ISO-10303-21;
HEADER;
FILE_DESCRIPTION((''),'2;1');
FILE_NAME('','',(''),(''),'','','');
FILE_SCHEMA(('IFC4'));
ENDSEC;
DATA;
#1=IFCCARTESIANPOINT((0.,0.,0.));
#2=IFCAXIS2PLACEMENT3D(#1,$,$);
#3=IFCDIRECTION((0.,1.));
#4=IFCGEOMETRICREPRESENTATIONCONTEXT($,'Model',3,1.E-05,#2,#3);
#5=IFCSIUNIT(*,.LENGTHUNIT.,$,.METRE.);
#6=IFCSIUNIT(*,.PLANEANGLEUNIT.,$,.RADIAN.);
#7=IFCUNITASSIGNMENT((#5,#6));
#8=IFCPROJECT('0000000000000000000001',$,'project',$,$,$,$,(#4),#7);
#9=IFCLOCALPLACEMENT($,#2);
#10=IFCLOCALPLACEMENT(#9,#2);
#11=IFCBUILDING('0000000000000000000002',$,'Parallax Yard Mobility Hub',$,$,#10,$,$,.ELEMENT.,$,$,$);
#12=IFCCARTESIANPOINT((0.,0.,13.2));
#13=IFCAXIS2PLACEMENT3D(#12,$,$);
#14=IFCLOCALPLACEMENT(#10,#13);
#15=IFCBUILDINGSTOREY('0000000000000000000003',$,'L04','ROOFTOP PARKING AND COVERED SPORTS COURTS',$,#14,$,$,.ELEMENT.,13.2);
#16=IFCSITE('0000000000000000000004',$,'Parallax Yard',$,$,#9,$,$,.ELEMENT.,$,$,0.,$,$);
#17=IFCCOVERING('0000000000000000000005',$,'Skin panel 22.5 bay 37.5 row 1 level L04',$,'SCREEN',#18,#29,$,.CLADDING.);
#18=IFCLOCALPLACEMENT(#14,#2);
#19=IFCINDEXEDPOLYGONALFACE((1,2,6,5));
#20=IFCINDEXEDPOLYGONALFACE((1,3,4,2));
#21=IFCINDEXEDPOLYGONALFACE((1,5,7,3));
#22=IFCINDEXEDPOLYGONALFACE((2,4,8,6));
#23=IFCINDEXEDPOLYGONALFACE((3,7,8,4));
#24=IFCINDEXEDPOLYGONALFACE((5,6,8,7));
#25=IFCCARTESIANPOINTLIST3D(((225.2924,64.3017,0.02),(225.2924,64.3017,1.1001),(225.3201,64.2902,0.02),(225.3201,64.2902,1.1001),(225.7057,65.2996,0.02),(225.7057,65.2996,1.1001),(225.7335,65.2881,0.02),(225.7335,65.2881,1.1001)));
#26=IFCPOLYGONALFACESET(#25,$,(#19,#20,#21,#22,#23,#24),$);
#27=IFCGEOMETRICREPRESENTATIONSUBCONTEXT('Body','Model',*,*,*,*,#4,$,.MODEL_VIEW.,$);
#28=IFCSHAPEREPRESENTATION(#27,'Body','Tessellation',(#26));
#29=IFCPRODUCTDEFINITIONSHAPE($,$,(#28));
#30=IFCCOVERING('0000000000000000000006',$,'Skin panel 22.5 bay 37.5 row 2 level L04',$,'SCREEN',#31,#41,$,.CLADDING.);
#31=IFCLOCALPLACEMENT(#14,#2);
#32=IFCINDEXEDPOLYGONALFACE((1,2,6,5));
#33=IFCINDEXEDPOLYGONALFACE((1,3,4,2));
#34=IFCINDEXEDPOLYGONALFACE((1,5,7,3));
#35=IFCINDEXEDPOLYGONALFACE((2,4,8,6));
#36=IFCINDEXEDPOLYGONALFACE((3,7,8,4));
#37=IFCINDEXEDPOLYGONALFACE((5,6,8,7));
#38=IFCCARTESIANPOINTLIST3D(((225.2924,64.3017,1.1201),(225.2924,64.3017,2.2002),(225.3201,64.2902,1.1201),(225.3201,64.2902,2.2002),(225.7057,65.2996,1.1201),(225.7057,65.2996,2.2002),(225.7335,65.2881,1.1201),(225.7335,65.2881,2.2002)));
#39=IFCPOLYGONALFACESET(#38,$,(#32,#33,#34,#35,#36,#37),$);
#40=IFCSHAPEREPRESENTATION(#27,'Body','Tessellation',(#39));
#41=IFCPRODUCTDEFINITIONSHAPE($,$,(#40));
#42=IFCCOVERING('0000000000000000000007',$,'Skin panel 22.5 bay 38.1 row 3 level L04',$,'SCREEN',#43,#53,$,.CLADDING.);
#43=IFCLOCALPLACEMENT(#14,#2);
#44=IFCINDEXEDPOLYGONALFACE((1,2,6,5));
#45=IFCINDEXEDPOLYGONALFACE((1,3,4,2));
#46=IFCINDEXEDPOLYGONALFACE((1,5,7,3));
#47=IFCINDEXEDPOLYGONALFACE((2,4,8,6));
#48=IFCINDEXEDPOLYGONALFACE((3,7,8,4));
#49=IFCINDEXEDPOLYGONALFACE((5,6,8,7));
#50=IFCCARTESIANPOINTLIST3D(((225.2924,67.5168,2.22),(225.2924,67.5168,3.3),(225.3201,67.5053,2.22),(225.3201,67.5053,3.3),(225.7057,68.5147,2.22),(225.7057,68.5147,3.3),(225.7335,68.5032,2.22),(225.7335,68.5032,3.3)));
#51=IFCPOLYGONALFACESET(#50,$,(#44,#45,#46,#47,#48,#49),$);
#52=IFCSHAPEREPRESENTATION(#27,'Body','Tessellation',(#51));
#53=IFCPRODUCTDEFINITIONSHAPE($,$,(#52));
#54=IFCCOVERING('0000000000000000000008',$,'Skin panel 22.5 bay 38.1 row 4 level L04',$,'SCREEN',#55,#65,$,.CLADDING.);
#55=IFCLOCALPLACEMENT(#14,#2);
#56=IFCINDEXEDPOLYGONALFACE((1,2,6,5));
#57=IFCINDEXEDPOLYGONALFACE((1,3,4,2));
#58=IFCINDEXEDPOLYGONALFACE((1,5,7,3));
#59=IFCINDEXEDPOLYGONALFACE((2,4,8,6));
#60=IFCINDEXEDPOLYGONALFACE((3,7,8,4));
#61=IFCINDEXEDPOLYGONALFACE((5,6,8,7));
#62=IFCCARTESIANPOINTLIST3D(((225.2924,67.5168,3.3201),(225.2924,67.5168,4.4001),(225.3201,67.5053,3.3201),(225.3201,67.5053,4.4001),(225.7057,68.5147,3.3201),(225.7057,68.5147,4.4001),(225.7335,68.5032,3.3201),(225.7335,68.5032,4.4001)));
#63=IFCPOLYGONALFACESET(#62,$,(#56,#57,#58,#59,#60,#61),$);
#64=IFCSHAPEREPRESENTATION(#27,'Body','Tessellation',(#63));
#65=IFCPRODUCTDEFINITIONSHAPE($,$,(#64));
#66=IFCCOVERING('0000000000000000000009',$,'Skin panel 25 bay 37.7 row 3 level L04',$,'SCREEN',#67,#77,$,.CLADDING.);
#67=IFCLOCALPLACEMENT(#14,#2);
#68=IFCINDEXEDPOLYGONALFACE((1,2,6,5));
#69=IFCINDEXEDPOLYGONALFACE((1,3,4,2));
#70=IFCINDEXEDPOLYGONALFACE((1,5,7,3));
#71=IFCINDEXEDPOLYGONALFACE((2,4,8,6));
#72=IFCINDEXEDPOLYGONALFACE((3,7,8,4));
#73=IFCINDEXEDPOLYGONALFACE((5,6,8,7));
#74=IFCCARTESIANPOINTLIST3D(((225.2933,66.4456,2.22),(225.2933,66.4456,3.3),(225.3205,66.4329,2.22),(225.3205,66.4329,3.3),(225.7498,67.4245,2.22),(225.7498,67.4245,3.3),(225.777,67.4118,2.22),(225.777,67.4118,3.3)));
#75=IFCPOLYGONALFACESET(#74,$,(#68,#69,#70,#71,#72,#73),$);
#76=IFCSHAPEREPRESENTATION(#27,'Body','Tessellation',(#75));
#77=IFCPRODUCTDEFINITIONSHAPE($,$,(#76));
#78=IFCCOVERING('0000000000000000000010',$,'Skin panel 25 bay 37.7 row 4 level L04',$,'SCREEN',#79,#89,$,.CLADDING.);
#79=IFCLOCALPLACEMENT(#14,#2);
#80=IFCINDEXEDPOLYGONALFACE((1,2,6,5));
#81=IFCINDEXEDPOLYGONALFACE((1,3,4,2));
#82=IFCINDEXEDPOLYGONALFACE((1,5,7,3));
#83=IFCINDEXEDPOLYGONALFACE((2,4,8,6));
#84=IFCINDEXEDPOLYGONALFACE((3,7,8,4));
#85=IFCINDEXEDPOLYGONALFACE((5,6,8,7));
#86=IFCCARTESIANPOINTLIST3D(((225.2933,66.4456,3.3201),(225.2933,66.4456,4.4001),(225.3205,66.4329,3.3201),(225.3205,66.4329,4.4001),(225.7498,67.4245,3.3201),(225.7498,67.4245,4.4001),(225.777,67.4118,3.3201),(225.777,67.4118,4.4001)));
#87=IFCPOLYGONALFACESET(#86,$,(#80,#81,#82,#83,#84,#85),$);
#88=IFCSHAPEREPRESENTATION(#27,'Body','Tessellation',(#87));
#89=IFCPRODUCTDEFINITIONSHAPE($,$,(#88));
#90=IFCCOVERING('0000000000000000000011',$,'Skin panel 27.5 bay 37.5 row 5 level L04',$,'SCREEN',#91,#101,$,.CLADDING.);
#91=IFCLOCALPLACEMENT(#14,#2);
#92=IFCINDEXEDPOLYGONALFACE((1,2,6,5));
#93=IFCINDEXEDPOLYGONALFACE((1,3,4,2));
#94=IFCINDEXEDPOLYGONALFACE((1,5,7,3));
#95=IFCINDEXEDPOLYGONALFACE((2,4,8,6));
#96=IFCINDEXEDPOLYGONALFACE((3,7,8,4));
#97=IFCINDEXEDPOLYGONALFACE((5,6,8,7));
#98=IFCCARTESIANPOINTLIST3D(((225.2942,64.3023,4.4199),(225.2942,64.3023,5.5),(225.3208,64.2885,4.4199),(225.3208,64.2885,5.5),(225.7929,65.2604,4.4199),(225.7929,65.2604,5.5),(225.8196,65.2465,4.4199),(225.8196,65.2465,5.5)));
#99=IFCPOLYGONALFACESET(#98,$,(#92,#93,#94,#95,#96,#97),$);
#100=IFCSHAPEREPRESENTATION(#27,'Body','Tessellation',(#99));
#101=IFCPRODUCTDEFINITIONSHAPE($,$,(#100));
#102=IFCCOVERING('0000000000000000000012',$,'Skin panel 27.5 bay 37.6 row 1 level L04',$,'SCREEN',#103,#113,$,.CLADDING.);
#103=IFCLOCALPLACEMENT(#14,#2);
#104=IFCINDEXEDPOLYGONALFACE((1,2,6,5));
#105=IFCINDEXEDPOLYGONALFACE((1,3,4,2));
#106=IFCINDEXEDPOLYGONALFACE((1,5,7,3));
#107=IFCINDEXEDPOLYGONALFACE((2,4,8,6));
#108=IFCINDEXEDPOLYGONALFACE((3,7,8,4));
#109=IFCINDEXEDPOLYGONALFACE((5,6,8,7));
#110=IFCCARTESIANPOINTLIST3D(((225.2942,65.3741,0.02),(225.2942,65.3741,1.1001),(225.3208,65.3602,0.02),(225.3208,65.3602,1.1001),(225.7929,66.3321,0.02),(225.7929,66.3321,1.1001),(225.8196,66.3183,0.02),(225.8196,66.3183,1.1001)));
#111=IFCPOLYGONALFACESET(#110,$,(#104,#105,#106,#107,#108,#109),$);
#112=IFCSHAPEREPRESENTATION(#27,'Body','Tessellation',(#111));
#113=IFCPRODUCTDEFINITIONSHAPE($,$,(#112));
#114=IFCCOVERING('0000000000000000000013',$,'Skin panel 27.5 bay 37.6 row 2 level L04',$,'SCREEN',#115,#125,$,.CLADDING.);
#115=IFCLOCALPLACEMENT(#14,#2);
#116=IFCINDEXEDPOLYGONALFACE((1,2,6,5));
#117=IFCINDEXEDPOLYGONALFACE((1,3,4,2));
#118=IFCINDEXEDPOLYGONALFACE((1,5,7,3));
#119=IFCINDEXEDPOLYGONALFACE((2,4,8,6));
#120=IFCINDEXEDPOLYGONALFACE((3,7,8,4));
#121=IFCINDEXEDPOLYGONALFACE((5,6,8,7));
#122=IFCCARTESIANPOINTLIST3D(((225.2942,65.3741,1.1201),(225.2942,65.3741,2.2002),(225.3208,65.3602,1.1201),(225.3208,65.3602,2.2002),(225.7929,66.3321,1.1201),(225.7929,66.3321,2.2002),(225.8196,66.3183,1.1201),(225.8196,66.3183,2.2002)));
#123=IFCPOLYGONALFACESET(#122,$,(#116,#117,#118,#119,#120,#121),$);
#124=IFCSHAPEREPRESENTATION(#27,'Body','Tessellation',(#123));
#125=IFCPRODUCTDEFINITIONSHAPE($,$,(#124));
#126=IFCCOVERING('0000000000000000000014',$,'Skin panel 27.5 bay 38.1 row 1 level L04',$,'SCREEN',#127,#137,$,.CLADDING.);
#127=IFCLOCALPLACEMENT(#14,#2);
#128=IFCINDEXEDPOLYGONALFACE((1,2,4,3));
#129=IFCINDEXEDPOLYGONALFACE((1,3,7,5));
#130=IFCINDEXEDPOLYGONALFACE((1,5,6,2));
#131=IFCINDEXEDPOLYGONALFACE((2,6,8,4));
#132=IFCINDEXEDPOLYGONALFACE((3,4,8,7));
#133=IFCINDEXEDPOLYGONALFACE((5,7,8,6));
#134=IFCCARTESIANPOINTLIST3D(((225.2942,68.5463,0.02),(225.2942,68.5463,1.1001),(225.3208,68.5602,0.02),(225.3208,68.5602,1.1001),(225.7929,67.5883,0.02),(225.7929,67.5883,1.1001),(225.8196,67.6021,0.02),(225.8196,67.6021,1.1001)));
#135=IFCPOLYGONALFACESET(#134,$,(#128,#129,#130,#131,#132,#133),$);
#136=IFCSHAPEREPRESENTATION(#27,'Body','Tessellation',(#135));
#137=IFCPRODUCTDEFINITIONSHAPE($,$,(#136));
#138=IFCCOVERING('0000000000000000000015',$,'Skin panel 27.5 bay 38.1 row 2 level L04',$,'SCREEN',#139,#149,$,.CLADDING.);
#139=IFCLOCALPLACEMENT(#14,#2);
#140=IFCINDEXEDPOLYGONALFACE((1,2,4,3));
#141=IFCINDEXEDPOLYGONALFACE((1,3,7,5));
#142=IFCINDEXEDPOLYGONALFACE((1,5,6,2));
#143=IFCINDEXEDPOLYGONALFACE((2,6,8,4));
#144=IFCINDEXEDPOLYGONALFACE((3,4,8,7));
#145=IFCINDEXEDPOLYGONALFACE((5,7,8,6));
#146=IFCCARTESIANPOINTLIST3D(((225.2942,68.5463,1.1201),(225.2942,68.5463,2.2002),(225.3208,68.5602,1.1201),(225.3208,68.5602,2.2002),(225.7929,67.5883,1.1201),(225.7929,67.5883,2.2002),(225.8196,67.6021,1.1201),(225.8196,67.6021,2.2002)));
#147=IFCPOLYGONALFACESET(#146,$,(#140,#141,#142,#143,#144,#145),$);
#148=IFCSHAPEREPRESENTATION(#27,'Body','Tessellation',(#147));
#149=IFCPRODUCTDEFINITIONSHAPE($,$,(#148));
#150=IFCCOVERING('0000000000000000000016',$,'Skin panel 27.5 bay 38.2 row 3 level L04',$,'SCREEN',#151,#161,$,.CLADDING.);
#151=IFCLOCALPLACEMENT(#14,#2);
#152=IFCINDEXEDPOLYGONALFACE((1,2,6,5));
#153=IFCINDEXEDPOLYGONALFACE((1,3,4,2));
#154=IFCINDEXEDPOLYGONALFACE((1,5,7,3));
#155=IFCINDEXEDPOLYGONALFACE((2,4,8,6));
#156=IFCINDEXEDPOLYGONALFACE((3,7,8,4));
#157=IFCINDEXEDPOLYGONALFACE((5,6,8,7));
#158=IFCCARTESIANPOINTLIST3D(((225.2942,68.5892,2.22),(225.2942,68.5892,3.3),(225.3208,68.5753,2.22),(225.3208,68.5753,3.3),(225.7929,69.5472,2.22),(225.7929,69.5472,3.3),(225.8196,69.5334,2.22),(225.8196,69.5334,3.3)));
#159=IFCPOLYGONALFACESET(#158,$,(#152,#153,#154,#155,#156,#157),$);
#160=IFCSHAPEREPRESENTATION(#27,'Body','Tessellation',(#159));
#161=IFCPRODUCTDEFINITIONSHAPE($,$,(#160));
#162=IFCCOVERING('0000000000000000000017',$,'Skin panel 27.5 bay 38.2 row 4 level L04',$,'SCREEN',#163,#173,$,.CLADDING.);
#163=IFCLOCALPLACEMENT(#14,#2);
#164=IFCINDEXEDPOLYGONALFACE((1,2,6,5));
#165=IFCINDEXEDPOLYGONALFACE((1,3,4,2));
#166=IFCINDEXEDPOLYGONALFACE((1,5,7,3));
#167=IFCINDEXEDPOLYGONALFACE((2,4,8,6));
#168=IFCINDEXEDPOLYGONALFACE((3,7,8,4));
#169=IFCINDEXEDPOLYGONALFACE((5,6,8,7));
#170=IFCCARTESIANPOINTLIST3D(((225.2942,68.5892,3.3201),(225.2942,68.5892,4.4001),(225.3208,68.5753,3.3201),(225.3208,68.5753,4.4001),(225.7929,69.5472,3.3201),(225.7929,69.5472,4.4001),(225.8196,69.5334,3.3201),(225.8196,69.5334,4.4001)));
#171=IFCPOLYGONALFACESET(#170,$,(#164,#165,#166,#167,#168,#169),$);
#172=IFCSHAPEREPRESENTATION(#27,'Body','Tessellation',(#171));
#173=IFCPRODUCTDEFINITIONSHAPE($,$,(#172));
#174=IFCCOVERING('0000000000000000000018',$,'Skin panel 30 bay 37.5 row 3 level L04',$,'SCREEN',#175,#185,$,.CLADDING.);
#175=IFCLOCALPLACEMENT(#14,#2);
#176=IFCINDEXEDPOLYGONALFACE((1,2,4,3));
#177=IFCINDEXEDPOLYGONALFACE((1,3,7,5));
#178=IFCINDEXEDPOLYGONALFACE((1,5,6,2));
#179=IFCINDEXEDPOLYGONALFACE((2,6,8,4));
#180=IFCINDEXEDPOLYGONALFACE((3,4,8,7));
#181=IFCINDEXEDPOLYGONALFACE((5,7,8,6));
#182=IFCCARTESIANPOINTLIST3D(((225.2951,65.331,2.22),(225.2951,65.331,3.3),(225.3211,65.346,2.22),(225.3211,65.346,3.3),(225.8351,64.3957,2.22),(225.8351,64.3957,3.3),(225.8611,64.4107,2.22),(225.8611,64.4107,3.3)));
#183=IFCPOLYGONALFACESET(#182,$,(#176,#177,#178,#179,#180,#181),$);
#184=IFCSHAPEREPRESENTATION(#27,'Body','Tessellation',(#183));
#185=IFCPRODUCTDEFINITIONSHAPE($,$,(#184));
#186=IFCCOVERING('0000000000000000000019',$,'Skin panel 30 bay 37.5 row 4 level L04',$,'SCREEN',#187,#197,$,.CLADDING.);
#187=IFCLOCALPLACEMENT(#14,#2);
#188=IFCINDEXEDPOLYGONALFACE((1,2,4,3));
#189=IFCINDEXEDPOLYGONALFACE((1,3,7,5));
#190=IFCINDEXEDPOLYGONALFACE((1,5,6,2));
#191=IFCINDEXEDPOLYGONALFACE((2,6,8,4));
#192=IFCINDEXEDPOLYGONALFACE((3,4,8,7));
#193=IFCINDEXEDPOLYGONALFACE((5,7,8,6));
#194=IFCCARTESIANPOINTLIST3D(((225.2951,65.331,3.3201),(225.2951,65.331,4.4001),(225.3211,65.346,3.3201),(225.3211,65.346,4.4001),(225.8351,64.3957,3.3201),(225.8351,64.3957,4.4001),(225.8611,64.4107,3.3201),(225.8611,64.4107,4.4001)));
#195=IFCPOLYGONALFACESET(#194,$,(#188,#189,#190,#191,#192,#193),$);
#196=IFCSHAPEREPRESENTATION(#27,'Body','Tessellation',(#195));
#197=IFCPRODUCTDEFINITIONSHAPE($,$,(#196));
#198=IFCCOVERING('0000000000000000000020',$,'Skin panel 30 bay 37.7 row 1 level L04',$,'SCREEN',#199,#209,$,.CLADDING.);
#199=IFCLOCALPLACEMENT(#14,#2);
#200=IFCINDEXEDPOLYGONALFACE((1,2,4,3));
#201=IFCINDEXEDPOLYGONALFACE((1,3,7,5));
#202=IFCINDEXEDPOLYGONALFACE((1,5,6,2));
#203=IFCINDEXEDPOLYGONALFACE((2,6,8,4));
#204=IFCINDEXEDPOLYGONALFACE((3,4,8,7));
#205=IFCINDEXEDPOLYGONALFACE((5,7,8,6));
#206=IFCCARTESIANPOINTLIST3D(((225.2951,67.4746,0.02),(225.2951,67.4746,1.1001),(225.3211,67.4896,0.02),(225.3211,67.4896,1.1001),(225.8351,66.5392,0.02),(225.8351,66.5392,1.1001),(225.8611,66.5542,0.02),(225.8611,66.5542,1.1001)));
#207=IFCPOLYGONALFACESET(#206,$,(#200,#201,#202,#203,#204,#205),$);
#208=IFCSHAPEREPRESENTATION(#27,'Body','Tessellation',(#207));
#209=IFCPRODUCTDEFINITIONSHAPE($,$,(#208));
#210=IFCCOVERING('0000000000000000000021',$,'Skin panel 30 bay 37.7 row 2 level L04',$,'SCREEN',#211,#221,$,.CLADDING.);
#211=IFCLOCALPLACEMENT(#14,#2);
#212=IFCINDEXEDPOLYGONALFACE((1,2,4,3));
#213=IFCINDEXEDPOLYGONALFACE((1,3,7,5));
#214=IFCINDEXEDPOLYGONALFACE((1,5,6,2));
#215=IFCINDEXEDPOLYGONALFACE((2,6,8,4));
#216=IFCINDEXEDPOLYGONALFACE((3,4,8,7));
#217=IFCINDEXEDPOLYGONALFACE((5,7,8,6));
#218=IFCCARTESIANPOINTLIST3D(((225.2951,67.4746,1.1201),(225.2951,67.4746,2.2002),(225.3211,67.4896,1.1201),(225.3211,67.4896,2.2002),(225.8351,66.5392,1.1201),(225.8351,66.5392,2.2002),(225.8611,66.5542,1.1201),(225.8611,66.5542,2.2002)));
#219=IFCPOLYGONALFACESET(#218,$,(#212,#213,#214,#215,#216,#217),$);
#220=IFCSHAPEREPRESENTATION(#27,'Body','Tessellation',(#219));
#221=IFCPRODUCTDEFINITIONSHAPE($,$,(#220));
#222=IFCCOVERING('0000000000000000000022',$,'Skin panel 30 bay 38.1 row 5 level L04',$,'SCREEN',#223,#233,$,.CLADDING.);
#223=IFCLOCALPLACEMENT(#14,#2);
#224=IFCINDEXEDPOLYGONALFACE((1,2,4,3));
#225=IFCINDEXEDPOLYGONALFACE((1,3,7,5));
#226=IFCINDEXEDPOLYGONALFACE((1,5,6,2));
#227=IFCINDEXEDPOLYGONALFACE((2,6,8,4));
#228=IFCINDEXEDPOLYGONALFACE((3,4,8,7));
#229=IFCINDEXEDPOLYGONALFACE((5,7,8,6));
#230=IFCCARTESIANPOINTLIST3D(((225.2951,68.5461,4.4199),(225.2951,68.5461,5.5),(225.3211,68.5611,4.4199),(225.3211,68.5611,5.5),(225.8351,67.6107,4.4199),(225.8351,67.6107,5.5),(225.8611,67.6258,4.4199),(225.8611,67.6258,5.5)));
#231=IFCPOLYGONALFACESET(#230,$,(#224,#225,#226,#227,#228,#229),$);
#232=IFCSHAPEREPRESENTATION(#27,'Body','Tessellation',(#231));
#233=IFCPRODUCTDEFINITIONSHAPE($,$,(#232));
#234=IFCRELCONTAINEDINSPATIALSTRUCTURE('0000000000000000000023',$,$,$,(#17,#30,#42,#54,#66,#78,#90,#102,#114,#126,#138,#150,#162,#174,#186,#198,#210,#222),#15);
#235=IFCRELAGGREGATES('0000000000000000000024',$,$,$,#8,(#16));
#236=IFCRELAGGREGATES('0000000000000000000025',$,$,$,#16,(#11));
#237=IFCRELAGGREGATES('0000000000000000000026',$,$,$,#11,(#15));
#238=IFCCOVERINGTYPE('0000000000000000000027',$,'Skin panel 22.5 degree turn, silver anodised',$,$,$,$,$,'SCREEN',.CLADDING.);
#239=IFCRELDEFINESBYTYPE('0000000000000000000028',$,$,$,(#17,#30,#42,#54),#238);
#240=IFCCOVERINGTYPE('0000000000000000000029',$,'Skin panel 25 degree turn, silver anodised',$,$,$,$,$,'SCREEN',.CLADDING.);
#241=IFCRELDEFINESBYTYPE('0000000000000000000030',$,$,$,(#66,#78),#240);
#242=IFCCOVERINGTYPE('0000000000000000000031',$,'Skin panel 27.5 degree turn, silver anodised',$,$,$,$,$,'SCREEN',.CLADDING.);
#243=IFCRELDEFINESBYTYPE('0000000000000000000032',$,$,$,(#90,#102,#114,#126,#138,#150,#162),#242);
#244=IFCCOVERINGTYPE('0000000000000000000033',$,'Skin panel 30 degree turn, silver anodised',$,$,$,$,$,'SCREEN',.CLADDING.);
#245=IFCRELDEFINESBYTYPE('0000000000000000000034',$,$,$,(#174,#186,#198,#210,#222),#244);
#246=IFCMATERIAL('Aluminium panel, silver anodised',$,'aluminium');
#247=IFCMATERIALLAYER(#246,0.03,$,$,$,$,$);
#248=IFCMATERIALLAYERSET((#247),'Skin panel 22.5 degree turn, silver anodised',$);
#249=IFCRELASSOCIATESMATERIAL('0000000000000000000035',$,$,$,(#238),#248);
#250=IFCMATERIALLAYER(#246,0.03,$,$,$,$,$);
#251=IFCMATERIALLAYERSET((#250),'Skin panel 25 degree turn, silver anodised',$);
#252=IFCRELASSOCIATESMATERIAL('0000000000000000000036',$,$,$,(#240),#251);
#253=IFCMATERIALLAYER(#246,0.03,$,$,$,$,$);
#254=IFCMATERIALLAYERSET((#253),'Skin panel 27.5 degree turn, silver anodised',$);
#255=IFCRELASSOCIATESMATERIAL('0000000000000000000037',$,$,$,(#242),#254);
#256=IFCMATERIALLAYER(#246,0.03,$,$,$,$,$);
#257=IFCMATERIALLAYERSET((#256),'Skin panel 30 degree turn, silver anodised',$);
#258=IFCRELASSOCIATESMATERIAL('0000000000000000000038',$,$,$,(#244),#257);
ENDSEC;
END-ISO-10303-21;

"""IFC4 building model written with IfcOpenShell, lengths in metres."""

from ifc_helpers import new_model, si_unit, direction, frame, origin, origin_2d, place, context, subcontext, project, spatial, rectangle, extrude, material, layer, layer_set, type_object, element, save


model = new_model("IFC4")

# Units and contexts
model_context = context("Model", 3, precision=1e-05, world=origin(), true_north=direction((0.0, 1.0)))
body_context = subcontext(model_context, "Body", "Model", "MODEL_VIEW")
ifc_project = project(units=[si_unit("LENGTHUNIT", "METRE"), si_unit("PLANEANGLEUNIT", "RADIAN")], contexts=[model_context])

# Site, building, storey
site_placement = place(None, origin())
site = spatial("IfcSite", under=ifc_project, at=site_placement, Name="Parallax Yard", CompositionType="ELEMENT", RefElevation=0.0)
building_placement = place(site_placement, origin())
building = spatial("IfcBuilding", under=site, at=building_placement, Name="Parallax Yard Mobility Hub", CompositionType="ELEMENT")
storey_placement = place(building_placement, frame((0.0, 0.0, 13.2)))
storey = spatial("IfcBuildingStorey", under=building, at=storey_placement, Name="L04", Description="ROOFTOP PARKING AND COVERED SPORTS COURTS", CompositionType="ELEMENT", Elevation=13.2)

# Coverings
ifc_material_1 = material(Name="Aluminium panel, silver anodised", Category="aluminium")
ifc_layer_1 = layer(ifc_material_1, 0.03)
ifc_layer_set_1 = layer_set([ifc_layer_1], Name="Skin panel 22.5 degree turn, silver anodised")
covering_type_1 = type_object("IfcCoveringType", Name="Skin panel 22.5 degree turn, silver anodised", ElementType="SCREEN", PredefinedType="CLADDING", material=ifc_layer_set_1)
for number, where, z_axis, x_axis, name in (
    (1, (225.5129, 64.7949, 0.02), (0.0, 0.0, 1.0), (0.382683, 0.92388, 0.0), "Skin panel 22.5 bay 37.5 row 1 level L04"),
    (2, (225.5129, 64.7949, 1.1201), (0.0, 0.0, 1.0), (0.382683, 0.92388, 0.0), "Skin panel 22.5 bay 37.5 row 2 level L04"),
    (3, (225.5129, 68.01, 2.22), (0.0, 0.0, 1.0), (0.382683, 0.92388, 0.0), "Skin panel 22.5 bay 38.1 row 3 level L04"),
    (4, (225.5129, 68.01, 3.3201), (0.0, 0.0, 1.0), (0.382683, 0.92388, 0.0), "Skin panel 22.5 bay 38.1 row 4 level L04"),
):
    element("IfcCovering", number, at=place(storey_placement, frame(where, z_axis=z_axis, x_axis=x_axis)), inside=storey, type_object=covering_type_1, Name=name, ObjectType="SCREEN", PredefinedType="CLADDING", context=body_context, shape_type="SweptSolid", body=[
        extrude(rectangle(XDim=1.0801, YDim=0.03, at=origin_2d()), origin(), (0.0, 0.0, 1.0), 1.0801),
    ])
ifc_layer_2 = layer(ifc_material_1, 0.03)
ifc_layer_set_2 = layer_set([ifc_layer_2], Name="Skin panel 25 degree turn, silver anodised")
covering_type_2 = type_object("IfcCoveringType", Name="Skin panel 25 degree turn, silver anodised", ElementType="SCREEN", PredefinedType="CLADDING", material=ifc_layer_set_2)
for number, where, z_axis, x_axis, name in (
    (5, (225.5352, 66.9287, 2.22), (0.0, 0.0, 1.0), (0.422618, 0.906308, 0.0), "Skin panel 25 bay 37.7 row 3 level L04"),
    (6, (225.5352, 66.9287, 3.3201), (0.0, 0.0, 1.0), (0.422618, 0.906308, 0.0), "Skin panel 25 bay 37.7 row 4 level L04"),
):
    element("IfcCovering", number, at=place(storey_placement, frame(where, z_axis=z_axis, x_axis=x_axis)), inside=storey, type_object=covering_type_2, Name=name, ObjectType="SCREEN", PredefinedType="CLADDING", context=body_context, shape_type="SweptSolid", body=[
        extrude(rectangle(XDim=1.0801, YDim=0.03, at=origin_2d()), origin(), (0.0, 0.0, 1.0), 1.0801),
    ])
ifc_layer_3 = layer(ifc_material_1, 0.03)
ifc_layer_set_3 = layer_set([ifc_layer_3], Name="Skin panel 27.5 degree turn, silver anodised")
covering_type_3 = type_object("IfcCoveringType", Name="Skin panel 27.5 degree turn, silver anodised", ElementType="SCREEN", PredefinedType="CLADDING", material=ifc_layer_set_3)
for number, where, z_axis, x_axis, name in (
    (7, (225.5569, 64.7744, 4.4199), (0.0, 0.0, 1.0), (0.461749, 0.887011, 0.0), "Skin panel 27.5 bay 37.5 row 5 level L04"),
    (8, (225.5569, 65.8462, 0.02), (0.0, 0.0, 1.0), (0.461749, 0.887011, 0.0), "Skin panel 27.5 bay 37.6 row 1 level L04"),
    (9, (225.5569, 65.8462, 1.1201), (0.0, 0.0, 1.0), (0.461749, 0.887011, 0.0), "Skin panel 27.5 bay 37.6 row 2 level L04"),
    (10, (225.5569, 68.0742, 0.02), (0.0, 0.0, 1.0), (0.461749, -0.887011, 0.0), "Skin panel 27.5 bay 38.1 row 1 level L04"),
    (11, (225.5569, 68.0742, 1.1201), (0.0, 0.0, 1.0), (0.461749, -0.887011, 0.0), "Skin panel 27.5 bay 38.1 row 2 level L04"),
    (12, (225.5569, 69.0613, 2.22), (0.0, 0.0, 1.0), (0.461749, 0.887011, 0.0), "Skin panel 27.5 bay 38.2 row 3 level L04"),
    (13, (225.5569, 69.0613, 3.3201), (0.0, 0.0, 1.0), (0.461749, 0.887011, 0.0), "Skin panel 27.5 bay 38.2 row 4 level L04"),
):
    element("IfcCovering", number, at=place(storey_placement, frame(where, z_axis=z_axis, x_axis=x_axis)), inside=storey, type_object=covering_type_3, Name=name, ObjectType="SCREEN", PredefinedType="CLADDING", context=body_context, shape_type="SweptSolid", body=[
        extrude(rectangle(XDim=1.0801, YDim=0.03, at=origin_2d()), origin(), (0.0, 0.0, 1.0), 1.0801),
    ])
ifc_layer_4 = layer(ifc_material_1, 0.03)
ifc_layer_set_4 = layer_set([ifc_layer_4], Name="Skin panel 30 degree turn, silver anodised")
covering_type_4 = type_object("IfcCoveringType", Name="Skin panel 30 degree turn, silver anodised", ElementType="SCREEN", PredefinedType="CLADDING", material=ifc_layer_set_4)
for number, where, z_axis, x_axis, name in (
    (14, (225.5781, 64.8708, 2.22), (0.0, 0.0, 1.0), (0.5, -0.866025, 0.0), "Skin panel 30 bay 37.5 row 3 level L04"),
    (15, (225.5781, 64.8708, 3.3201), (0.0, 0.0, 1.0), (0.5, -0.866025, 0.0), "Skin panel 30 bay 37.5 row 4 level L04"),
    (16, (225.5781, 67.0144, 0.02), (0.0, 0.0, 1.0), (0.5, -0.866025, 0.0), "Skin panel 30 bay 37.7 row 1 level L04"),
    (17, (225.5781, 67.0144, 1.1201), (0.0, 0.0, 1.0), (0.5, -0.866025, 0.0), "Skin panel 30 bay 37.7 row 2 level L04"),
    (18, (225.5781, 68.0859, 4.4199), (0.0, 0.0, 1.0), (0.5, -0.866025, 0.0), "Skin panel 30 bay 38.1 row 5 level L04"),
):
    element("IfcCovering", number, at=place(storey_placement, frame(where, z_axis=z_axis, x_axis=x_axis)), inside=storey, type_object=covering_type_4, Name=name, ObjectType="SCREEN", PredefinedType="CLADDING", context=body_context, shape_type="SweptSolid", body=[
        extrude(rectangle(XDim=1.0801, YDim=0.03, at=origin_2d()), origin(), (0.0, 0.0, 1.0), 1.0801),
    ])

save(model, "model.ifc")
